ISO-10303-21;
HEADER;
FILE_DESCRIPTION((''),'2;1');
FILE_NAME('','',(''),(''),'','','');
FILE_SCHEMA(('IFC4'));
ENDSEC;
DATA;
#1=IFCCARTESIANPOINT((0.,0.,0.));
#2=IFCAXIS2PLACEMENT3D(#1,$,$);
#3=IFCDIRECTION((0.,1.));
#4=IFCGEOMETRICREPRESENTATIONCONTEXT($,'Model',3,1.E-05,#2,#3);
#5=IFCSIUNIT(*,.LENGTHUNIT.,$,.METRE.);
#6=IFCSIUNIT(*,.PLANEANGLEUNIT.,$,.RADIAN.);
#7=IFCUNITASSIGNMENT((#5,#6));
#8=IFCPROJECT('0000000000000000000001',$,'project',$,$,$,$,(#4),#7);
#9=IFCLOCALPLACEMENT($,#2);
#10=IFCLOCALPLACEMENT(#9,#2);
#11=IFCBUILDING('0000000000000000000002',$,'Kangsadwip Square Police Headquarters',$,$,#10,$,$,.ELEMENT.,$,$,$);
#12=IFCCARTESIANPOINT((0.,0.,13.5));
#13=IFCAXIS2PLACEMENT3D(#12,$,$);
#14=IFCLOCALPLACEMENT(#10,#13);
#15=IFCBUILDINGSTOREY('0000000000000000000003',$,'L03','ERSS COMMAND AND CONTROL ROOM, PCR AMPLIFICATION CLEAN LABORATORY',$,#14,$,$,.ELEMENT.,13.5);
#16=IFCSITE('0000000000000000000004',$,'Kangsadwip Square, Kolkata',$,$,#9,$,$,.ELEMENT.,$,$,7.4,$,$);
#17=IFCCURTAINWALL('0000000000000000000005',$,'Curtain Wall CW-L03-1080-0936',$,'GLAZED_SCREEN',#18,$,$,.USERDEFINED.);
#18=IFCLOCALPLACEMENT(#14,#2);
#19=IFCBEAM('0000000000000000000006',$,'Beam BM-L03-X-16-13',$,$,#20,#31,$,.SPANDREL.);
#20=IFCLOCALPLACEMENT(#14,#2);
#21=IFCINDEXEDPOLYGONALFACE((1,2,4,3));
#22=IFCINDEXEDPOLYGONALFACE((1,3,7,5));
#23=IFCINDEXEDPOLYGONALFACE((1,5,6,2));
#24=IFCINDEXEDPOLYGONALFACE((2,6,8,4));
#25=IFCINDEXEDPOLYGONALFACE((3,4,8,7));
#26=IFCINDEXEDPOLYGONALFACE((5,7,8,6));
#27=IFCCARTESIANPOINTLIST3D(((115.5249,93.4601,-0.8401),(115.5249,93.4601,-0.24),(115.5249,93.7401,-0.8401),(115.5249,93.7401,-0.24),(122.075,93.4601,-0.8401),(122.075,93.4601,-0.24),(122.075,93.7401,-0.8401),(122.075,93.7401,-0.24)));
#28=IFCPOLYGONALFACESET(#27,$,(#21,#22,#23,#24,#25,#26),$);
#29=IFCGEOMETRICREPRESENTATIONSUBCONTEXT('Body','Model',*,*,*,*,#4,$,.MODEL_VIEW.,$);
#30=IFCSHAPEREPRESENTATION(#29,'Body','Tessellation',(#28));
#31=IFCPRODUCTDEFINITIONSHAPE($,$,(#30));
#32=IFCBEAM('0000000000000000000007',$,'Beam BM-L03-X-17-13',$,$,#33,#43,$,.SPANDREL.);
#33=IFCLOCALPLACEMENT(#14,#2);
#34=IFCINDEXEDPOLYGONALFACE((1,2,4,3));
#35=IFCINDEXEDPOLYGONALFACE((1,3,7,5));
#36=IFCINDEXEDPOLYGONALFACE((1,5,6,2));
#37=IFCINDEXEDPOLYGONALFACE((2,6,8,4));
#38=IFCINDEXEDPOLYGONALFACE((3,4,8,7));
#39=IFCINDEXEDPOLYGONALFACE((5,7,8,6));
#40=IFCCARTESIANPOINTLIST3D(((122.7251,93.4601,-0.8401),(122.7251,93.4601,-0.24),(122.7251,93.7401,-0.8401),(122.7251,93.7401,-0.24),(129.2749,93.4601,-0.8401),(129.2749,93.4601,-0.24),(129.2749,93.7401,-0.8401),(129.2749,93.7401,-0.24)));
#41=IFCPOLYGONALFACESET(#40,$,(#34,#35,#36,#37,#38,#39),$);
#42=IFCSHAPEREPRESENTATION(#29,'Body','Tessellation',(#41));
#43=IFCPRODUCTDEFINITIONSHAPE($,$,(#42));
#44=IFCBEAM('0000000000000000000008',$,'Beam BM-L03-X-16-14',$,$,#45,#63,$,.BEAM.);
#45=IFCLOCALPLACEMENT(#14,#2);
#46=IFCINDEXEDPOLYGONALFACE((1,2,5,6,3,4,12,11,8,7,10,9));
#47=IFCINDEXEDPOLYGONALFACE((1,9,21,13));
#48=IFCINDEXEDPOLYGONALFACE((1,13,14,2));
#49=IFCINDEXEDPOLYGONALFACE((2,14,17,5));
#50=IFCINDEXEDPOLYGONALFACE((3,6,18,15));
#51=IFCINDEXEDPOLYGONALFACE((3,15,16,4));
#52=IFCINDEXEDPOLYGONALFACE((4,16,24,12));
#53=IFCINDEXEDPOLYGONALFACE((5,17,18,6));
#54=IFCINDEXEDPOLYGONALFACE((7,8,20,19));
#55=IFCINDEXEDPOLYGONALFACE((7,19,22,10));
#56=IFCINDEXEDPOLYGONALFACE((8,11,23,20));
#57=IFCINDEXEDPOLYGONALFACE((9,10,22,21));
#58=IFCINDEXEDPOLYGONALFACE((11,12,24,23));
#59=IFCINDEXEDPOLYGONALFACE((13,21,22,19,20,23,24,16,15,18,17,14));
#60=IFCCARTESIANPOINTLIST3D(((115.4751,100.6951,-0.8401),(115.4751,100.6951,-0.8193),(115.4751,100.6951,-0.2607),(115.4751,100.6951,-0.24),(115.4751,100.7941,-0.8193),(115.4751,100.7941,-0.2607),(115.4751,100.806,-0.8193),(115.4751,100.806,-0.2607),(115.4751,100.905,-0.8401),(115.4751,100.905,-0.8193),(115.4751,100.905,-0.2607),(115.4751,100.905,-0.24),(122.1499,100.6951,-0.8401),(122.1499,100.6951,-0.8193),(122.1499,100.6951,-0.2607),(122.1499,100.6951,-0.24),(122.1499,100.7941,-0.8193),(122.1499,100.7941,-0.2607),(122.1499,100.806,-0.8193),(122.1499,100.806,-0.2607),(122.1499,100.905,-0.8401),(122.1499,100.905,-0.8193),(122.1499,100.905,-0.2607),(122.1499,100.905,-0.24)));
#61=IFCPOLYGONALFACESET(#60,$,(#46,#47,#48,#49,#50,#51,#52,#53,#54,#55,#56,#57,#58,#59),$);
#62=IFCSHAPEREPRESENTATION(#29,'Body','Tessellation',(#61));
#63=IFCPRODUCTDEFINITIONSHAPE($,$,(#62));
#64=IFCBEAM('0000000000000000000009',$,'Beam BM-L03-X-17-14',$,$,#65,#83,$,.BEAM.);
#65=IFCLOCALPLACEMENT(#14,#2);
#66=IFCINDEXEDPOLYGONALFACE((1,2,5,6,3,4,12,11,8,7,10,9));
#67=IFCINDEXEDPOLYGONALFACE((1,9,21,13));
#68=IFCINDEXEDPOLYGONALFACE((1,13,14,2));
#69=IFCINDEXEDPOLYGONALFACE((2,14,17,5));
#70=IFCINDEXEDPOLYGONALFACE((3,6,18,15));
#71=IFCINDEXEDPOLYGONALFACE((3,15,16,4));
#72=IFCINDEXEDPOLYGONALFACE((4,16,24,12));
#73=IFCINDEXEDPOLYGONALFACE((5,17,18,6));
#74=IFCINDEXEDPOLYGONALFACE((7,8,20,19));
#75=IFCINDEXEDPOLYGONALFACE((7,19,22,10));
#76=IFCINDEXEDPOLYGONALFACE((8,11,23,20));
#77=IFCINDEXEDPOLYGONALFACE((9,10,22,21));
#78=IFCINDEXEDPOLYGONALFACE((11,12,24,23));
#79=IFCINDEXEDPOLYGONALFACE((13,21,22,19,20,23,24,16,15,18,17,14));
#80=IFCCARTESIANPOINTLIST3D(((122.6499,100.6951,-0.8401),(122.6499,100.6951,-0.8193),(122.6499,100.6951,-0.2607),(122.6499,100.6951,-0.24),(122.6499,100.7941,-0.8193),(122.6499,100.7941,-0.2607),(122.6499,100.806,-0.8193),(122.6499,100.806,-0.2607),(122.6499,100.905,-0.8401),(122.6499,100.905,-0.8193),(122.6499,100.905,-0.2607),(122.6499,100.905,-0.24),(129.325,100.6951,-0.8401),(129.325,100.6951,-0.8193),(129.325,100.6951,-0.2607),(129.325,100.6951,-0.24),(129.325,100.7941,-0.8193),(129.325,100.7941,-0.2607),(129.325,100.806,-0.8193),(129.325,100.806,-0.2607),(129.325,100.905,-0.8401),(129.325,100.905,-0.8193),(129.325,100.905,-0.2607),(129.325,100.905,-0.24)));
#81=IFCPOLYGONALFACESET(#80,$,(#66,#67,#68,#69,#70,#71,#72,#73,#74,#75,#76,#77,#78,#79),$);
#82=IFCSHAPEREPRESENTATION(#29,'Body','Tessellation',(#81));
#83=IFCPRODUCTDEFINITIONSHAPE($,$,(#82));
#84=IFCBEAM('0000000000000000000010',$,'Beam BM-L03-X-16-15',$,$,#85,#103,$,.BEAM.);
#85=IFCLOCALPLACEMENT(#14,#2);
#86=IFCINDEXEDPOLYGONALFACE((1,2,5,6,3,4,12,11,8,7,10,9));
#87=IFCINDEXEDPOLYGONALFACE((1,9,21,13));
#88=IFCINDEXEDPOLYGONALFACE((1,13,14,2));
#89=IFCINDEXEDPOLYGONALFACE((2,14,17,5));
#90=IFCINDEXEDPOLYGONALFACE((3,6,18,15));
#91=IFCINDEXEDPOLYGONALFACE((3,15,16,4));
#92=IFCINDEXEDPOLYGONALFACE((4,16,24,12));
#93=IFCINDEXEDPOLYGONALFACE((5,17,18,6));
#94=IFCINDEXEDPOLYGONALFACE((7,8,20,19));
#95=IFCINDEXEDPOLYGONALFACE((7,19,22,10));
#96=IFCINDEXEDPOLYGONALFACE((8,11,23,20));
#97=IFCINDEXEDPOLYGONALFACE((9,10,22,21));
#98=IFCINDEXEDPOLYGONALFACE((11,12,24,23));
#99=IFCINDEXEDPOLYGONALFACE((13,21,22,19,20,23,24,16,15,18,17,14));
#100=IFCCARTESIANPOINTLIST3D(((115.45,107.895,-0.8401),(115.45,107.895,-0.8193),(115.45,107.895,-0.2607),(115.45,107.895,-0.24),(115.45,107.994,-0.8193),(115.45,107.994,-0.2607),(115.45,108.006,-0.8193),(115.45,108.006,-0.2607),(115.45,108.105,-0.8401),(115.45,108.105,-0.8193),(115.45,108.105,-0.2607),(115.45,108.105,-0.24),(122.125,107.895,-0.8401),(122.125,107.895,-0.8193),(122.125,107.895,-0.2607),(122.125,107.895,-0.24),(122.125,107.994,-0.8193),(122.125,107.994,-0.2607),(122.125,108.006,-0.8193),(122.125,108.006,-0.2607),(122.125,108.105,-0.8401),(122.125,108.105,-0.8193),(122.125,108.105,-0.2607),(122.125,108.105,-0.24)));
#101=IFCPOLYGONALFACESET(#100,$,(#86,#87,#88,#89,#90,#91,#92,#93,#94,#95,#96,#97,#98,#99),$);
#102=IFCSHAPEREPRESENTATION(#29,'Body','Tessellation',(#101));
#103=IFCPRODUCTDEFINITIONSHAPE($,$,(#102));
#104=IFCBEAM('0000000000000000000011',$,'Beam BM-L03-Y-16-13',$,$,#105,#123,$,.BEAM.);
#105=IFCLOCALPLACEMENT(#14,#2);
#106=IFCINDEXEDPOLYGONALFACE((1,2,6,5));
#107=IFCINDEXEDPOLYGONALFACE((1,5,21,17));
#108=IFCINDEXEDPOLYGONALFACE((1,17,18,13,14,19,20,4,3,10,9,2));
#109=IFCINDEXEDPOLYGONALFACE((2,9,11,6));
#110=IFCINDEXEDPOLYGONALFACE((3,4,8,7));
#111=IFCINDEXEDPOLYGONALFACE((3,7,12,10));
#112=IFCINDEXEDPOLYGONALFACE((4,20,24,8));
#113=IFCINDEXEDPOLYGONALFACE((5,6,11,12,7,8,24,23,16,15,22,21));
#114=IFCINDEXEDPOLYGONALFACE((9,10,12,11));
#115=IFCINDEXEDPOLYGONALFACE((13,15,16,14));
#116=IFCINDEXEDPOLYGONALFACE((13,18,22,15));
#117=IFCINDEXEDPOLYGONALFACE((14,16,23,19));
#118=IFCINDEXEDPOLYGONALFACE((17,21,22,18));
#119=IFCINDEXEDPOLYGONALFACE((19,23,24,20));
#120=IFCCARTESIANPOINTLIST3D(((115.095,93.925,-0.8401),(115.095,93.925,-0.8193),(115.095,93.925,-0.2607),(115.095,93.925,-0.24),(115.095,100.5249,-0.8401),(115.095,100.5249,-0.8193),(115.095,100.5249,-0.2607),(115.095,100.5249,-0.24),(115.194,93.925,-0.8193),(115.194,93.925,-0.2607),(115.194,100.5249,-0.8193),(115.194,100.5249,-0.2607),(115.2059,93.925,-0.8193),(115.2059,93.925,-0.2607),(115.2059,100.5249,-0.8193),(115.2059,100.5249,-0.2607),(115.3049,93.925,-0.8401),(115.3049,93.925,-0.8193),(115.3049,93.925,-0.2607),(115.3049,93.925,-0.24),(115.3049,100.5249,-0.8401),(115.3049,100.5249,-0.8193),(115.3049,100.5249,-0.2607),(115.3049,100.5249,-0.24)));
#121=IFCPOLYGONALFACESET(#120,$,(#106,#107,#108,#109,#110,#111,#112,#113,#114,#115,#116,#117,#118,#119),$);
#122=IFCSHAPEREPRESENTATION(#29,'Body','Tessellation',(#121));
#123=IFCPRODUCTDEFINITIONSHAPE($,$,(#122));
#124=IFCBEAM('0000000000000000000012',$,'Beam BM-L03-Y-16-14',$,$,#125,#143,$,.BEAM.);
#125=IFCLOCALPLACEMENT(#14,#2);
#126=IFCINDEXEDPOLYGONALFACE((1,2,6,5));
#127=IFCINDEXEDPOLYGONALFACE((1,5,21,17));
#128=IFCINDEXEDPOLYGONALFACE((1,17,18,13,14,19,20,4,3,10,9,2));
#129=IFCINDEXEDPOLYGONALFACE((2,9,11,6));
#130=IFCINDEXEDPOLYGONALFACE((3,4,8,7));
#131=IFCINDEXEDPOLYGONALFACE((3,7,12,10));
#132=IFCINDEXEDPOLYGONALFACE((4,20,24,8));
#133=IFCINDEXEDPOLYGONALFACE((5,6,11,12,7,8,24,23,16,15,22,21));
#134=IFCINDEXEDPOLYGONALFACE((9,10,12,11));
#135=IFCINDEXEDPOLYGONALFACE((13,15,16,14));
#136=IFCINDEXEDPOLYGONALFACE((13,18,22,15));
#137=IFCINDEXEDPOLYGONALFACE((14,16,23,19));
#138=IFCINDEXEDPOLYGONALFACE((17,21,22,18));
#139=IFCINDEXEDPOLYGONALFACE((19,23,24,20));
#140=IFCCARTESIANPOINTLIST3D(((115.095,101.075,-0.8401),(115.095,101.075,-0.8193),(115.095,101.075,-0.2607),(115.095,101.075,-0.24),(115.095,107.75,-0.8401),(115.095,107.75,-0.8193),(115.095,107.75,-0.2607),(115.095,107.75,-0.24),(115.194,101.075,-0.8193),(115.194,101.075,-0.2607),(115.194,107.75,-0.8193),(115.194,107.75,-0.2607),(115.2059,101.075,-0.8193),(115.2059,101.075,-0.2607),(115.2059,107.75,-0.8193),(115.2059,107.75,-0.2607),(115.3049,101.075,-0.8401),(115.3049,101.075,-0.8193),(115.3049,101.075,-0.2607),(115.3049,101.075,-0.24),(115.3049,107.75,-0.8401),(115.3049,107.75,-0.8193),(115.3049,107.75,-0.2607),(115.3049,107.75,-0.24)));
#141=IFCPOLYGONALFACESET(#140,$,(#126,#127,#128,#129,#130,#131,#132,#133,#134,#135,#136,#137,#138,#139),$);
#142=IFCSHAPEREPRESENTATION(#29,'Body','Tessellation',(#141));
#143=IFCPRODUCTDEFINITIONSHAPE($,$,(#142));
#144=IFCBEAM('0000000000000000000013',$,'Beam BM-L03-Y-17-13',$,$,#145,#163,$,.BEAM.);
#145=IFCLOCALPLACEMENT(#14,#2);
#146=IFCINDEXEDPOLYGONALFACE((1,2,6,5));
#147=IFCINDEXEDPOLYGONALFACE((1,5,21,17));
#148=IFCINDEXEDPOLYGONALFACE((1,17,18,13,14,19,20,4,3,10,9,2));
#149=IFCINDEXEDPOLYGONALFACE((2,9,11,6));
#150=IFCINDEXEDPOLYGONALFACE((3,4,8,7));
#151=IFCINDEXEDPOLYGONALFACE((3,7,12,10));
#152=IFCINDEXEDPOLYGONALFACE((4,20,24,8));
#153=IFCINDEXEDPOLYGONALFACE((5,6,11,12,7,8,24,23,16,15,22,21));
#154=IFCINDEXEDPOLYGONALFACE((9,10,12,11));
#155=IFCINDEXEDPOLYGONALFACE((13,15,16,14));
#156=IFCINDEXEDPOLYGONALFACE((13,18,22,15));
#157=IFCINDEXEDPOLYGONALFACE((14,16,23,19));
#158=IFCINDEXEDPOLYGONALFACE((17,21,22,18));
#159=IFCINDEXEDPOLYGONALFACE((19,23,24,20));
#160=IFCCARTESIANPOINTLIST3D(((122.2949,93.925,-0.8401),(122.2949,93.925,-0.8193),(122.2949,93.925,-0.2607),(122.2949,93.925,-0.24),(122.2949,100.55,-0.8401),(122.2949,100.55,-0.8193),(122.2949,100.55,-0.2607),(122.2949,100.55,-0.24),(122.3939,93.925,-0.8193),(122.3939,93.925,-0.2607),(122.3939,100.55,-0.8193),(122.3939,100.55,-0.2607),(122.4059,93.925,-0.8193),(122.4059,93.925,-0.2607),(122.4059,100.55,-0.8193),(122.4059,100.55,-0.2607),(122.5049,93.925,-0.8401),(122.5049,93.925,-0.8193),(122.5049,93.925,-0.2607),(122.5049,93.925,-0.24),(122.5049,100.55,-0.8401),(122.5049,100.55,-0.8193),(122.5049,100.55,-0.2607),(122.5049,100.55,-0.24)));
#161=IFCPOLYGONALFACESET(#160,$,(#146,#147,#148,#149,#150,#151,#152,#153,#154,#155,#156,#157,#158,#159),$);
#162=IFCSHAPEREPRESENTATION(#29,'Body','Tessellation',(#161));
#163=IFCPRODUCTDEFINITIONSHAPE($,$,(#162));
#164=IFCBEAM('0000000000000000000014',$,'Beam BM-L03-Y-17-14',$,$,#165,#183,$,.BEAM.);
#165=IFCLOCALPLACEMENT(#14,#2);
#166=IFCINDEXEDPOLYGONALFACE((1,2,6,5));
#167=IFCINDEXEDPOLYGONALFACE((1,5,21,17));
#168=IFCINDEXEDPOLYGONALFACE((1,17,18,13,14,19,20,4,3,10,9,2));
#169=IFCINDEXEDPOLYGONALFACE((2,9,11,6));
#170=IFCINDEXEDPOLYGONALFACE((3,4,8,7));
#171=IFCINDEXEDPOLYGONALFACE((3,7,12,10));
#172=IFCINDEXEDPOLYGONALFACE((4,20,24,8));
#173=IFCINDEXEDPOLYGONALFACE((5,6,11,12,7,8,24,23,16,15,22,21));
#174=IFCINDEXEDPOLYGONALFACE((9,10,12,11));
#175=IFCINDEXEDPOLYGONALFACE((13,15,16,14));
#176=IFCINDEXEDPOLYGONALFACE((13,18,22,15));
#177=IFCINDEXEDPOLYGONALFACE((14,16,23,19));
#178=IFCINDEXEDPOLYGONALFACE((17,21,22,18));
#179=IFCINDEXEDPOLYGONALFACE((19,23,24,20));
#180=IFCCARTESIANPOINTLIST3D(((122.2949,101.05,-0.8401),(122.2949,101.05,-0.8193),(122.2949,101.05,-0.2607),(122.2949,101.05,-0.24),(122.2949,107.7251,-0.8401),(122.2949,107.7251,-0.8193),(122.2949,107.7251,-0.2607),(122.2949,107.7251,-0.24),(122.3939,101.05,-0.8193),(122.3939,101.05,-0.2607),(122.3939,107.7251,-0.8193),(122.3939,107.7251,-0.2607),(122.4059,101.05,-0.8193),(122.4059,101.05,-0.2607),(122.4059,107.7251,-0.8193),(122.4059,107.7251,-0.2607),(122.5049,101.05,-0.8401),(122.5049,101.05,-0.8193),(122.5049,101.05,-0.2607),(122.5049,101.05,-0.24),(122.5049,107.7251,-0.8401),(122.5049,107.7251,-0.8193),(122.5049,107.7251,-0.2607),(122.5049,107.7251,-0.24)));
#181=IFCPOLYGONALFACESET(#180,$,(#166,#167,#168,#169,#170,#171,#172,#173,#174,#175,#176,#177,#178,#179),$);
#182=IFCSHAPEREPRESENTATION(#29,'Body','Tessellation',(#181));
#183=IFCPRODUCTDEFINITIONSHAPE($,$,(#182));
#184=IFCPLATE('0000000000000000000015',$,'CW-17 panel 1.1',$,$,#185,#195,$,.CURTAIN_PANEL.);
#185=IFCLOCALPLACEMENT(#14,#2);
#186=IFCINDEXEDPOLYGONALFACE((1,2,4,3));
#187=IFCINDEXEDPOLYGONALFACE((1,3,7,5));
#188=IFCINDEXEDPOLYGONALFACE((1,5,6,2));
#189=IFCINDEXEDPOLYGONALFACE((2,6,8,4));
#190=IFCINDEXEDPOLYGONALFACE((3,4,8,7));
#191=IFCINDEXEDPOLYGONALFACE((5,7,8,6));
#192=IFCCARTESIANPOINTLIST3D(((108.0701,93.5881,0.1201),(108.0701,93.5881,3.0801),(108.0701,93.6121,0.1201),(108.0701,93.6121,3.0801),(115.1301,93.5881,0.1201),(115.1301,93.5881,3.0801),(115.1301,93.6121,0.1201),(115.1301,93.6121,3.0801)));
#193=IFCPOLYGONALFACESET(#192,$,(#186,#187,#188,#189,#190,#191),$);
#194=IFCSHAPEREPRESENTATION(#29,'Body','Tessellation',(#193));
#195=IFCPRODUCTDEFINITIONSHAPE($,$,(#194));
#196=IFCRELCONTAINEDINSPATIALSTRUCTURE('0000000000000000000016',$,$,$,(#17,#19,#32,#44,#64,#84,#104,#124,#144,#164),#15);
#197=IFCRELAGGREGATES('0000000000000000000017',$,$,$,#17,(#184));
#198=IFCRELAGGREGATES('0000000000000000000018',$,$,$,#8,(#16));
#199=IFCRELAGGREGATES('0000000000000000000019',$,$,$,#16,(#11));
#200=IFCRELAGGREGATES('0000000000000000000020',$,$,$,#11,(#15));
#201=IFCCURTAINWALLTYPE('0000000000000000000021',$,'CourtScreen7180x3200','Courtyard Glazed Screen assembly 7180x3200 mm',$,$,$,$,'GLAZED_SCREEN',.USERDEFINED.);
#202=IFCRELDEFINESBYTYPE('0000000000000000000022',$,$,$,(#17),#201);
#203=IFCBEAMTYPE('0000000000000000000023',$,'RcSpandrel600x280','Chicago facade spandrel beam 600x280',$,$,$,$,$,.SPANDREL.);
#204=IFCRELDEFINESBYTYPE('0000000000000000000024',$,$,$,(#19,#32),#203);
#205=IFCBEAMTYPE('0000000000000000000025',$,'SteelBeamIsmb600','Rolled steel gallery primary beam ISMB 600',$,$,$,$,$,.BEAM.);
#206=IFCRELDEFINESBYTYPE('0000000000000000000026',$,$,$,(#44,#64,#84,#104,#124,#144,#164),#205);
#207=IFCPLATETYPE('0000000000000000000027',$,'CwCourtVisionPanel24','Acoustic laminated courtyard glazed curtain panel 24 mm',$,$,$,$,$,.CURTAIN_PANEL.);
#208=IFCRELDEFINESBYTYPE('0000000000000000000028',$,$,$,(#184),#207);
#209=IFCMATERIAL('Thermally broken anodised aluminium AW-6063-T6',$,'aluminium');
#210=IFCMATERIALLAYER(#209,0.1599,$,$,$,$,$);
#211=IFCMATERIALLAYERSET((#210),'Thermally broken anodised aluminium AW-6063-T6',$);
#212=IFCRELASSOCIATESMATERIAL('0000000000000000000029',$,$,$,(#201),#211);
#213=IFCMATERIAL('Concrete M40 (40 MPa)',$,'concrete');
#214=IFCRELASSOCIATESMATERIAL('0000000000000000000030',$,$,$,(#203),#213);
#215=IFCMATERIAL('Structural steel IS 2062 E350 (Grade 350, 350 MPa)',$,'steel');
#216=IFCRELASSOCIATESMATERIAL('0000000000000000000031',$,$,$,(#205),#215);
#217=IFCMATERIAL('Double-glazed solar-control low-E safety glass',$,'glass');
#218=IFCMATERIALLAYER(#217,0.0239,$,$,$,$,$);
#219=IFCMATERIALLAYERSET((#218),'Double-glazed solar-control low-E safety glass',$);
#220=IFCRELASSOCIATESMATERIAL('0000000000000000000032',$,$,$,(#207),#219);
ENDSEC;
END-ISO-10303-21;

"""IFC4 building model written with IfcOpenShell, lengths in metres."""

from ifc_helpers import new_model, si_unit, direction, frame, origin, origin_2d, place, context, subcontext, project, spatial, rectangle, i_section, extrude, material, layer, layer_set, material_profile, profile_set, type_object, element, aggregate, save


model = new_model("IFC4")

# Units and contexts
model_context = context("Model", 3, precision=1e-05, world=origin(), true_north=direction((0.0, 1.0)))
body_context = subcontext(model_context, "Body", "Model", "MODEL_VIEW")
ifc_project = project(units=[si_unit("LENGTHUNIT", "METRE"), si_unit("PLANEANGLEUNIT", "RADIAN")], contexts=[model_context])

# Site, building, storey
site_placement = place(None, origin())
site = spatial("IfcSite", under=ifc_project, at=site_placement, Name="Kangsadwip Square, Kolkata", CompositionType="ELEMENT", RefElevation=7.4)
building_placement = place(site_placement, origin())
building = spatial("IfcBuilding", under=site, at=building_placement, Name="Kangsadwip Square Police Headquarters", CompositionType="ELEMENT")
storey_placement = place(building_placement, frame((0.0, 0.0, 13.5)))
storey = spatial("IfcBuildingStorey", under=building, at=storey_placement, Name="L03", Description="ERSS COMMAND AND CONTROL ROOM, PCR AMPLIFICATION CLEAN LABORATORY", CompositionType="ELEMENT", Elevation=13.5)

# Curtain wall
ifc_material_1 = material(Name="Thermally broken anodised aluminium AW-6063-T6", Category="aluminium")
ifc_layer_1 = layer(ifc_material_1, 0.1599)
ifc_layer_set_1 = layer_set([ifc_layer_1], Name="Thermally broken anodised aluminium AW-6063-T6")
curtain_wall_type = type_object("IfcCurtainWallType", Name="CourtScreen7180x3200", Description="Courtyard Glazed Screen assembly 7180x3200 mm", ElementType="GLAZED_SCREEN", PredefinedType="USERDEFINED", material=ifc_layer_set_1)
curtain_wall_1_placement = place(storey_placement, origin())
curtain_wall_1 = element("IfcCurtainWall", 1, at=curtain_wall_1_placement, inside=storey, type_object=curtain_wall_type, Name="Curtain Wall CW-L03-1080-0936", ObjectType="GLAZED_SCREEN", PredefinedType="USERDEFINED")

# Beams
ifc_material_2 = material(Name="Concrete M40 (40 MPa)", Category="concrete")
ifc_material_profile_1 = material_profile(ifc_material_2, rectangle(XDim=0.28, YDim=0.6001, at=origin_2d()), Name="RC SPN 600X280")
ifc_profile_set_1 = profile_set([ifc_material_profile_1], Name="Concrete M40 (40 MPa)")
beam_type_1 = type_object("IfcBeamType", Name="RcSpandrel600x280", Description="Chicago facade spandrel beam 600x280", PredefinedType="SPANDREL", material=ifc_profile_set_1)
beam_1_placement = place(storey_placement, frame((115.5249, 93.6001, -0.54), z_axis=(1.0, 0.0, 0.0), x_axis=(0.0, 1.0, 0.0)))
element("IfcBeam", 2, at=beam_1_placement, inside=storey, type_object=beam_type_1, Name="Beam BM-L03-X-16-13", PredefinedType="SPANDREL", context=body_context, shape_type="SweptSolid", body=[
    extrude(rectangle(XDim=0.28, YDim=0.6001, at=origin_2d()), origin(), (0.0, 0.0, 1.0), 6.55),
])
beam_2_placement = place(storey_placement, frame((122.7251, 93.6001, -0.54), z_axis=(1.0, 0.0, 0.0), x_axis=(0.0, 1.0, 0.0)))
element("IfcBeam", 3, at=beam_2_placement, inside=storey, type_object=beam_type_1, Name="Beam BM-L03-X-17-13", PredefinedType="SPANDREL", context=body_context, shape_type="SweptSolid", body=[
    extrude(rectangle(XDim=0.28, YDim=0.6001, at=origin_2d()), origin(), (0.0, 0.0, 1.0), 6.5498),
])
ifc_material_3 = material(Name="Structural steel IS 2062 E350 (Grade 350, 350 MPa)", Category="steel")
ifc_material_profile_2 = material_profile(ifc_material_3, i_section(OverallWidth=0.21, OverallDepth=0.6001, WebThickness=0.012, FlangeThickness=0.0208, at=origin_2d()), Name="ISMB 600")
ifc_profile_set_2 = profile_set([ifc_material_profile_2], Name="Structural steel IS 2062 E350 (Grade 350, 350 MPa)")
beam_type_2 = type_object("IfcBeamType", Name="SteelBeamIsmb600", Description="Rolled steel gallery primary beam ISMB 600", PredefinedType="BEAM", material=ifc_profile_set_2)
beam_3_placement = place(storey_placement, frame((115.4751, 100.8, -0.54), z_axis=(1.0, 0.0, 0.0), x_axis=(0.0, 1.0, 0.0)))
element("IfcBeam", 4, at=beam_3_placement, inside=storey, type_object=beam_type_2, Name="Beam BM-L03-X-16-14", PredefinedType="BEAM", context=body_context, shape_type="SweptSolid", body=[
    extrude(i_section(OverallWidth=0.21, OverallDepth=0.6001, WebThickness=0.012, FlangeThickness=0.0208, at=origin_2d()), origin(), (0.0, 0.0, 1.0), 6.6748),
])
for number, where, z_axis, x_axis, name in (
    (5, (122.6499, 100.8, -0.54), (1.0, 0.0, 0.0), (0.0, 1.0, 0.0), "Beam BM-L03-X-17-14"),
    (6, (115.45, 108.0, -0.54), (1.0, 0.0, 0.0), (0.0, 1.0, 0.0), "Beam BM-L03-X-16-15"),
):
    element("IfcBeam", number, at=place(storey_placement, frame(where, z_axis=z_axis, x_axis=x_axis)), inside=storey, type_object=beam_type_2, Name=name, PredefinedType="BEAM", context=body_context, shape_type="SweptSolid", body=[
        extrude(i_section(OverallWidth=0.21, OverallDepth=0.6001, WebThickness=0.012, FlangeThickness=0.0208, at=origin_2d()), origin(), (0.0, 0.0, 1.0), 6.675),
    ])
beam_4_placement = place(storey_placement, frame((115.2, 93.925, -0.54), z_axis=(0.0, 1.0, 0.0), x_axis=(-1.0, 0.0, 0.0)))
element("IfcBeam", 7, at=beam_4_placement, inside=storey, type_object=beam_type_2, Name="Beam BM-L03-Y-16-13", PredefinedType="BEAM", context=body_context, shape_type="SweptSolid", body=[
    extrude(i_section(OverallWidth=0.21, OverallDepth=0.6001, WebThickness=0.012, FlangeThickness=0.0208, at=origin_2d()), origin(), (0.0, 0.0, 1.0), 6.5999),
])
beam_5_placement = place(storey_placement, frame((115.2, 101.075, -0.54), z_axis=(0.0, 1.0, 0.0), x_axis=(-1.0, 0.0, 0.0)))
element("IfcBeam", 8, at=beam_5_placement, inside=storey, type_object=beam_type_2, Name="Beam BM-L03-Y-16-14", PredefinedType="BEAM", context=body_context, shape_type="SweptSolid", body=[
    extrude(i_section(OverallWidth=0.21, OverallDepth=0.6001, WebThickness=0.012, FlangeThickness=0.0208, at=origin_2d()), origin(), (0.0, 0.0, 1.0), 6.675),
])
beam_6_placement = place(storey_placement, frame((122.3999, 93.925, -0.54), z_axis=(0.0, 1.0, 0.0), x_axis=(-1.0, 0.0, 0.0)))
element("IfcBeam", 9, at=beam_6_placement, inside=storey, type_object=beam_type_2, Name="Beam BM-L03-Y-17-13", PredefinedType="BEAM", context=body_context, shape_type="SweptSolid", body=[
    extrude(i_section(OverallWidth=0.21, OverallDepth=0.6001, WebThickness=0.012, FlangeThickness=0.0208, at=origin_2d()), origin(), (0.0, 0.0, 1.0), 6.625),
])
beam_7_placement = place(storey_placement, frame((122.3999, 101.05, -0.54), z_axis=(0.0, 1.0, 0.0), x_axis=(-1.0, 0.0, 0.0)))
element("IfcBeam", 10, at=beam_7_placement, inside=storey, type_object=beam_type_2, Name="Beam BM-L03-Y-17-14", PredefinedType="BEAM", context=body_context, shape_type="SweptSolid", body=[
    extrude(i_section(OverallWidth=0.21, OverallDepth=0.6001, WebThickness=0.012, FlangeThickness=0.0208, at=origin_2d()), origin(), (0.0, 0.0, 1.0), 6.675),
])

# Plate
ifc_material_4 = material(Name="Double-glazed solar-control low-E safety glass", Category="glass")
ifc_layer_2 = layer(ifc_material_4, 0.0239)
ifc_layer_set_2 = layer_set([ifc_layer_2], Name="Double-glazed solar-control low-E safety glass")
plate_type_1 = type_object("IfcPlateType", Name="CwCourtVisionPanel24", Description="Acoustic laminated courtyard glazed curtain panel 24 mm", PredefinedType="CURTAIN_PANEL", material=ifc_layer_set_2)
plate_1_placement = place(storey_placement, frame((111.6001, 93.6001, 0.1201), z_axis=(0.0, 0.0, 1.0), x_axis=(1.0, 0.0, 0.0)))
plate_1 = element("IfcPlate", 11, at=plate_1_placement, type_object=plate_type_1, Name="CW-17 panel 1.1", PredefinedType="CURTAIN_PANEL", context=body_context, shape_type="SweptSolid", body=[
    extrude(rectangle(XDim=7.0601, YDim=0.0239, at=origin_2d()), origin(), (0.0, 0.0, 1.0), 2.96),
])
aggregate(curtain_wall_1, [plate_1])

save(model, "model.ifc")
